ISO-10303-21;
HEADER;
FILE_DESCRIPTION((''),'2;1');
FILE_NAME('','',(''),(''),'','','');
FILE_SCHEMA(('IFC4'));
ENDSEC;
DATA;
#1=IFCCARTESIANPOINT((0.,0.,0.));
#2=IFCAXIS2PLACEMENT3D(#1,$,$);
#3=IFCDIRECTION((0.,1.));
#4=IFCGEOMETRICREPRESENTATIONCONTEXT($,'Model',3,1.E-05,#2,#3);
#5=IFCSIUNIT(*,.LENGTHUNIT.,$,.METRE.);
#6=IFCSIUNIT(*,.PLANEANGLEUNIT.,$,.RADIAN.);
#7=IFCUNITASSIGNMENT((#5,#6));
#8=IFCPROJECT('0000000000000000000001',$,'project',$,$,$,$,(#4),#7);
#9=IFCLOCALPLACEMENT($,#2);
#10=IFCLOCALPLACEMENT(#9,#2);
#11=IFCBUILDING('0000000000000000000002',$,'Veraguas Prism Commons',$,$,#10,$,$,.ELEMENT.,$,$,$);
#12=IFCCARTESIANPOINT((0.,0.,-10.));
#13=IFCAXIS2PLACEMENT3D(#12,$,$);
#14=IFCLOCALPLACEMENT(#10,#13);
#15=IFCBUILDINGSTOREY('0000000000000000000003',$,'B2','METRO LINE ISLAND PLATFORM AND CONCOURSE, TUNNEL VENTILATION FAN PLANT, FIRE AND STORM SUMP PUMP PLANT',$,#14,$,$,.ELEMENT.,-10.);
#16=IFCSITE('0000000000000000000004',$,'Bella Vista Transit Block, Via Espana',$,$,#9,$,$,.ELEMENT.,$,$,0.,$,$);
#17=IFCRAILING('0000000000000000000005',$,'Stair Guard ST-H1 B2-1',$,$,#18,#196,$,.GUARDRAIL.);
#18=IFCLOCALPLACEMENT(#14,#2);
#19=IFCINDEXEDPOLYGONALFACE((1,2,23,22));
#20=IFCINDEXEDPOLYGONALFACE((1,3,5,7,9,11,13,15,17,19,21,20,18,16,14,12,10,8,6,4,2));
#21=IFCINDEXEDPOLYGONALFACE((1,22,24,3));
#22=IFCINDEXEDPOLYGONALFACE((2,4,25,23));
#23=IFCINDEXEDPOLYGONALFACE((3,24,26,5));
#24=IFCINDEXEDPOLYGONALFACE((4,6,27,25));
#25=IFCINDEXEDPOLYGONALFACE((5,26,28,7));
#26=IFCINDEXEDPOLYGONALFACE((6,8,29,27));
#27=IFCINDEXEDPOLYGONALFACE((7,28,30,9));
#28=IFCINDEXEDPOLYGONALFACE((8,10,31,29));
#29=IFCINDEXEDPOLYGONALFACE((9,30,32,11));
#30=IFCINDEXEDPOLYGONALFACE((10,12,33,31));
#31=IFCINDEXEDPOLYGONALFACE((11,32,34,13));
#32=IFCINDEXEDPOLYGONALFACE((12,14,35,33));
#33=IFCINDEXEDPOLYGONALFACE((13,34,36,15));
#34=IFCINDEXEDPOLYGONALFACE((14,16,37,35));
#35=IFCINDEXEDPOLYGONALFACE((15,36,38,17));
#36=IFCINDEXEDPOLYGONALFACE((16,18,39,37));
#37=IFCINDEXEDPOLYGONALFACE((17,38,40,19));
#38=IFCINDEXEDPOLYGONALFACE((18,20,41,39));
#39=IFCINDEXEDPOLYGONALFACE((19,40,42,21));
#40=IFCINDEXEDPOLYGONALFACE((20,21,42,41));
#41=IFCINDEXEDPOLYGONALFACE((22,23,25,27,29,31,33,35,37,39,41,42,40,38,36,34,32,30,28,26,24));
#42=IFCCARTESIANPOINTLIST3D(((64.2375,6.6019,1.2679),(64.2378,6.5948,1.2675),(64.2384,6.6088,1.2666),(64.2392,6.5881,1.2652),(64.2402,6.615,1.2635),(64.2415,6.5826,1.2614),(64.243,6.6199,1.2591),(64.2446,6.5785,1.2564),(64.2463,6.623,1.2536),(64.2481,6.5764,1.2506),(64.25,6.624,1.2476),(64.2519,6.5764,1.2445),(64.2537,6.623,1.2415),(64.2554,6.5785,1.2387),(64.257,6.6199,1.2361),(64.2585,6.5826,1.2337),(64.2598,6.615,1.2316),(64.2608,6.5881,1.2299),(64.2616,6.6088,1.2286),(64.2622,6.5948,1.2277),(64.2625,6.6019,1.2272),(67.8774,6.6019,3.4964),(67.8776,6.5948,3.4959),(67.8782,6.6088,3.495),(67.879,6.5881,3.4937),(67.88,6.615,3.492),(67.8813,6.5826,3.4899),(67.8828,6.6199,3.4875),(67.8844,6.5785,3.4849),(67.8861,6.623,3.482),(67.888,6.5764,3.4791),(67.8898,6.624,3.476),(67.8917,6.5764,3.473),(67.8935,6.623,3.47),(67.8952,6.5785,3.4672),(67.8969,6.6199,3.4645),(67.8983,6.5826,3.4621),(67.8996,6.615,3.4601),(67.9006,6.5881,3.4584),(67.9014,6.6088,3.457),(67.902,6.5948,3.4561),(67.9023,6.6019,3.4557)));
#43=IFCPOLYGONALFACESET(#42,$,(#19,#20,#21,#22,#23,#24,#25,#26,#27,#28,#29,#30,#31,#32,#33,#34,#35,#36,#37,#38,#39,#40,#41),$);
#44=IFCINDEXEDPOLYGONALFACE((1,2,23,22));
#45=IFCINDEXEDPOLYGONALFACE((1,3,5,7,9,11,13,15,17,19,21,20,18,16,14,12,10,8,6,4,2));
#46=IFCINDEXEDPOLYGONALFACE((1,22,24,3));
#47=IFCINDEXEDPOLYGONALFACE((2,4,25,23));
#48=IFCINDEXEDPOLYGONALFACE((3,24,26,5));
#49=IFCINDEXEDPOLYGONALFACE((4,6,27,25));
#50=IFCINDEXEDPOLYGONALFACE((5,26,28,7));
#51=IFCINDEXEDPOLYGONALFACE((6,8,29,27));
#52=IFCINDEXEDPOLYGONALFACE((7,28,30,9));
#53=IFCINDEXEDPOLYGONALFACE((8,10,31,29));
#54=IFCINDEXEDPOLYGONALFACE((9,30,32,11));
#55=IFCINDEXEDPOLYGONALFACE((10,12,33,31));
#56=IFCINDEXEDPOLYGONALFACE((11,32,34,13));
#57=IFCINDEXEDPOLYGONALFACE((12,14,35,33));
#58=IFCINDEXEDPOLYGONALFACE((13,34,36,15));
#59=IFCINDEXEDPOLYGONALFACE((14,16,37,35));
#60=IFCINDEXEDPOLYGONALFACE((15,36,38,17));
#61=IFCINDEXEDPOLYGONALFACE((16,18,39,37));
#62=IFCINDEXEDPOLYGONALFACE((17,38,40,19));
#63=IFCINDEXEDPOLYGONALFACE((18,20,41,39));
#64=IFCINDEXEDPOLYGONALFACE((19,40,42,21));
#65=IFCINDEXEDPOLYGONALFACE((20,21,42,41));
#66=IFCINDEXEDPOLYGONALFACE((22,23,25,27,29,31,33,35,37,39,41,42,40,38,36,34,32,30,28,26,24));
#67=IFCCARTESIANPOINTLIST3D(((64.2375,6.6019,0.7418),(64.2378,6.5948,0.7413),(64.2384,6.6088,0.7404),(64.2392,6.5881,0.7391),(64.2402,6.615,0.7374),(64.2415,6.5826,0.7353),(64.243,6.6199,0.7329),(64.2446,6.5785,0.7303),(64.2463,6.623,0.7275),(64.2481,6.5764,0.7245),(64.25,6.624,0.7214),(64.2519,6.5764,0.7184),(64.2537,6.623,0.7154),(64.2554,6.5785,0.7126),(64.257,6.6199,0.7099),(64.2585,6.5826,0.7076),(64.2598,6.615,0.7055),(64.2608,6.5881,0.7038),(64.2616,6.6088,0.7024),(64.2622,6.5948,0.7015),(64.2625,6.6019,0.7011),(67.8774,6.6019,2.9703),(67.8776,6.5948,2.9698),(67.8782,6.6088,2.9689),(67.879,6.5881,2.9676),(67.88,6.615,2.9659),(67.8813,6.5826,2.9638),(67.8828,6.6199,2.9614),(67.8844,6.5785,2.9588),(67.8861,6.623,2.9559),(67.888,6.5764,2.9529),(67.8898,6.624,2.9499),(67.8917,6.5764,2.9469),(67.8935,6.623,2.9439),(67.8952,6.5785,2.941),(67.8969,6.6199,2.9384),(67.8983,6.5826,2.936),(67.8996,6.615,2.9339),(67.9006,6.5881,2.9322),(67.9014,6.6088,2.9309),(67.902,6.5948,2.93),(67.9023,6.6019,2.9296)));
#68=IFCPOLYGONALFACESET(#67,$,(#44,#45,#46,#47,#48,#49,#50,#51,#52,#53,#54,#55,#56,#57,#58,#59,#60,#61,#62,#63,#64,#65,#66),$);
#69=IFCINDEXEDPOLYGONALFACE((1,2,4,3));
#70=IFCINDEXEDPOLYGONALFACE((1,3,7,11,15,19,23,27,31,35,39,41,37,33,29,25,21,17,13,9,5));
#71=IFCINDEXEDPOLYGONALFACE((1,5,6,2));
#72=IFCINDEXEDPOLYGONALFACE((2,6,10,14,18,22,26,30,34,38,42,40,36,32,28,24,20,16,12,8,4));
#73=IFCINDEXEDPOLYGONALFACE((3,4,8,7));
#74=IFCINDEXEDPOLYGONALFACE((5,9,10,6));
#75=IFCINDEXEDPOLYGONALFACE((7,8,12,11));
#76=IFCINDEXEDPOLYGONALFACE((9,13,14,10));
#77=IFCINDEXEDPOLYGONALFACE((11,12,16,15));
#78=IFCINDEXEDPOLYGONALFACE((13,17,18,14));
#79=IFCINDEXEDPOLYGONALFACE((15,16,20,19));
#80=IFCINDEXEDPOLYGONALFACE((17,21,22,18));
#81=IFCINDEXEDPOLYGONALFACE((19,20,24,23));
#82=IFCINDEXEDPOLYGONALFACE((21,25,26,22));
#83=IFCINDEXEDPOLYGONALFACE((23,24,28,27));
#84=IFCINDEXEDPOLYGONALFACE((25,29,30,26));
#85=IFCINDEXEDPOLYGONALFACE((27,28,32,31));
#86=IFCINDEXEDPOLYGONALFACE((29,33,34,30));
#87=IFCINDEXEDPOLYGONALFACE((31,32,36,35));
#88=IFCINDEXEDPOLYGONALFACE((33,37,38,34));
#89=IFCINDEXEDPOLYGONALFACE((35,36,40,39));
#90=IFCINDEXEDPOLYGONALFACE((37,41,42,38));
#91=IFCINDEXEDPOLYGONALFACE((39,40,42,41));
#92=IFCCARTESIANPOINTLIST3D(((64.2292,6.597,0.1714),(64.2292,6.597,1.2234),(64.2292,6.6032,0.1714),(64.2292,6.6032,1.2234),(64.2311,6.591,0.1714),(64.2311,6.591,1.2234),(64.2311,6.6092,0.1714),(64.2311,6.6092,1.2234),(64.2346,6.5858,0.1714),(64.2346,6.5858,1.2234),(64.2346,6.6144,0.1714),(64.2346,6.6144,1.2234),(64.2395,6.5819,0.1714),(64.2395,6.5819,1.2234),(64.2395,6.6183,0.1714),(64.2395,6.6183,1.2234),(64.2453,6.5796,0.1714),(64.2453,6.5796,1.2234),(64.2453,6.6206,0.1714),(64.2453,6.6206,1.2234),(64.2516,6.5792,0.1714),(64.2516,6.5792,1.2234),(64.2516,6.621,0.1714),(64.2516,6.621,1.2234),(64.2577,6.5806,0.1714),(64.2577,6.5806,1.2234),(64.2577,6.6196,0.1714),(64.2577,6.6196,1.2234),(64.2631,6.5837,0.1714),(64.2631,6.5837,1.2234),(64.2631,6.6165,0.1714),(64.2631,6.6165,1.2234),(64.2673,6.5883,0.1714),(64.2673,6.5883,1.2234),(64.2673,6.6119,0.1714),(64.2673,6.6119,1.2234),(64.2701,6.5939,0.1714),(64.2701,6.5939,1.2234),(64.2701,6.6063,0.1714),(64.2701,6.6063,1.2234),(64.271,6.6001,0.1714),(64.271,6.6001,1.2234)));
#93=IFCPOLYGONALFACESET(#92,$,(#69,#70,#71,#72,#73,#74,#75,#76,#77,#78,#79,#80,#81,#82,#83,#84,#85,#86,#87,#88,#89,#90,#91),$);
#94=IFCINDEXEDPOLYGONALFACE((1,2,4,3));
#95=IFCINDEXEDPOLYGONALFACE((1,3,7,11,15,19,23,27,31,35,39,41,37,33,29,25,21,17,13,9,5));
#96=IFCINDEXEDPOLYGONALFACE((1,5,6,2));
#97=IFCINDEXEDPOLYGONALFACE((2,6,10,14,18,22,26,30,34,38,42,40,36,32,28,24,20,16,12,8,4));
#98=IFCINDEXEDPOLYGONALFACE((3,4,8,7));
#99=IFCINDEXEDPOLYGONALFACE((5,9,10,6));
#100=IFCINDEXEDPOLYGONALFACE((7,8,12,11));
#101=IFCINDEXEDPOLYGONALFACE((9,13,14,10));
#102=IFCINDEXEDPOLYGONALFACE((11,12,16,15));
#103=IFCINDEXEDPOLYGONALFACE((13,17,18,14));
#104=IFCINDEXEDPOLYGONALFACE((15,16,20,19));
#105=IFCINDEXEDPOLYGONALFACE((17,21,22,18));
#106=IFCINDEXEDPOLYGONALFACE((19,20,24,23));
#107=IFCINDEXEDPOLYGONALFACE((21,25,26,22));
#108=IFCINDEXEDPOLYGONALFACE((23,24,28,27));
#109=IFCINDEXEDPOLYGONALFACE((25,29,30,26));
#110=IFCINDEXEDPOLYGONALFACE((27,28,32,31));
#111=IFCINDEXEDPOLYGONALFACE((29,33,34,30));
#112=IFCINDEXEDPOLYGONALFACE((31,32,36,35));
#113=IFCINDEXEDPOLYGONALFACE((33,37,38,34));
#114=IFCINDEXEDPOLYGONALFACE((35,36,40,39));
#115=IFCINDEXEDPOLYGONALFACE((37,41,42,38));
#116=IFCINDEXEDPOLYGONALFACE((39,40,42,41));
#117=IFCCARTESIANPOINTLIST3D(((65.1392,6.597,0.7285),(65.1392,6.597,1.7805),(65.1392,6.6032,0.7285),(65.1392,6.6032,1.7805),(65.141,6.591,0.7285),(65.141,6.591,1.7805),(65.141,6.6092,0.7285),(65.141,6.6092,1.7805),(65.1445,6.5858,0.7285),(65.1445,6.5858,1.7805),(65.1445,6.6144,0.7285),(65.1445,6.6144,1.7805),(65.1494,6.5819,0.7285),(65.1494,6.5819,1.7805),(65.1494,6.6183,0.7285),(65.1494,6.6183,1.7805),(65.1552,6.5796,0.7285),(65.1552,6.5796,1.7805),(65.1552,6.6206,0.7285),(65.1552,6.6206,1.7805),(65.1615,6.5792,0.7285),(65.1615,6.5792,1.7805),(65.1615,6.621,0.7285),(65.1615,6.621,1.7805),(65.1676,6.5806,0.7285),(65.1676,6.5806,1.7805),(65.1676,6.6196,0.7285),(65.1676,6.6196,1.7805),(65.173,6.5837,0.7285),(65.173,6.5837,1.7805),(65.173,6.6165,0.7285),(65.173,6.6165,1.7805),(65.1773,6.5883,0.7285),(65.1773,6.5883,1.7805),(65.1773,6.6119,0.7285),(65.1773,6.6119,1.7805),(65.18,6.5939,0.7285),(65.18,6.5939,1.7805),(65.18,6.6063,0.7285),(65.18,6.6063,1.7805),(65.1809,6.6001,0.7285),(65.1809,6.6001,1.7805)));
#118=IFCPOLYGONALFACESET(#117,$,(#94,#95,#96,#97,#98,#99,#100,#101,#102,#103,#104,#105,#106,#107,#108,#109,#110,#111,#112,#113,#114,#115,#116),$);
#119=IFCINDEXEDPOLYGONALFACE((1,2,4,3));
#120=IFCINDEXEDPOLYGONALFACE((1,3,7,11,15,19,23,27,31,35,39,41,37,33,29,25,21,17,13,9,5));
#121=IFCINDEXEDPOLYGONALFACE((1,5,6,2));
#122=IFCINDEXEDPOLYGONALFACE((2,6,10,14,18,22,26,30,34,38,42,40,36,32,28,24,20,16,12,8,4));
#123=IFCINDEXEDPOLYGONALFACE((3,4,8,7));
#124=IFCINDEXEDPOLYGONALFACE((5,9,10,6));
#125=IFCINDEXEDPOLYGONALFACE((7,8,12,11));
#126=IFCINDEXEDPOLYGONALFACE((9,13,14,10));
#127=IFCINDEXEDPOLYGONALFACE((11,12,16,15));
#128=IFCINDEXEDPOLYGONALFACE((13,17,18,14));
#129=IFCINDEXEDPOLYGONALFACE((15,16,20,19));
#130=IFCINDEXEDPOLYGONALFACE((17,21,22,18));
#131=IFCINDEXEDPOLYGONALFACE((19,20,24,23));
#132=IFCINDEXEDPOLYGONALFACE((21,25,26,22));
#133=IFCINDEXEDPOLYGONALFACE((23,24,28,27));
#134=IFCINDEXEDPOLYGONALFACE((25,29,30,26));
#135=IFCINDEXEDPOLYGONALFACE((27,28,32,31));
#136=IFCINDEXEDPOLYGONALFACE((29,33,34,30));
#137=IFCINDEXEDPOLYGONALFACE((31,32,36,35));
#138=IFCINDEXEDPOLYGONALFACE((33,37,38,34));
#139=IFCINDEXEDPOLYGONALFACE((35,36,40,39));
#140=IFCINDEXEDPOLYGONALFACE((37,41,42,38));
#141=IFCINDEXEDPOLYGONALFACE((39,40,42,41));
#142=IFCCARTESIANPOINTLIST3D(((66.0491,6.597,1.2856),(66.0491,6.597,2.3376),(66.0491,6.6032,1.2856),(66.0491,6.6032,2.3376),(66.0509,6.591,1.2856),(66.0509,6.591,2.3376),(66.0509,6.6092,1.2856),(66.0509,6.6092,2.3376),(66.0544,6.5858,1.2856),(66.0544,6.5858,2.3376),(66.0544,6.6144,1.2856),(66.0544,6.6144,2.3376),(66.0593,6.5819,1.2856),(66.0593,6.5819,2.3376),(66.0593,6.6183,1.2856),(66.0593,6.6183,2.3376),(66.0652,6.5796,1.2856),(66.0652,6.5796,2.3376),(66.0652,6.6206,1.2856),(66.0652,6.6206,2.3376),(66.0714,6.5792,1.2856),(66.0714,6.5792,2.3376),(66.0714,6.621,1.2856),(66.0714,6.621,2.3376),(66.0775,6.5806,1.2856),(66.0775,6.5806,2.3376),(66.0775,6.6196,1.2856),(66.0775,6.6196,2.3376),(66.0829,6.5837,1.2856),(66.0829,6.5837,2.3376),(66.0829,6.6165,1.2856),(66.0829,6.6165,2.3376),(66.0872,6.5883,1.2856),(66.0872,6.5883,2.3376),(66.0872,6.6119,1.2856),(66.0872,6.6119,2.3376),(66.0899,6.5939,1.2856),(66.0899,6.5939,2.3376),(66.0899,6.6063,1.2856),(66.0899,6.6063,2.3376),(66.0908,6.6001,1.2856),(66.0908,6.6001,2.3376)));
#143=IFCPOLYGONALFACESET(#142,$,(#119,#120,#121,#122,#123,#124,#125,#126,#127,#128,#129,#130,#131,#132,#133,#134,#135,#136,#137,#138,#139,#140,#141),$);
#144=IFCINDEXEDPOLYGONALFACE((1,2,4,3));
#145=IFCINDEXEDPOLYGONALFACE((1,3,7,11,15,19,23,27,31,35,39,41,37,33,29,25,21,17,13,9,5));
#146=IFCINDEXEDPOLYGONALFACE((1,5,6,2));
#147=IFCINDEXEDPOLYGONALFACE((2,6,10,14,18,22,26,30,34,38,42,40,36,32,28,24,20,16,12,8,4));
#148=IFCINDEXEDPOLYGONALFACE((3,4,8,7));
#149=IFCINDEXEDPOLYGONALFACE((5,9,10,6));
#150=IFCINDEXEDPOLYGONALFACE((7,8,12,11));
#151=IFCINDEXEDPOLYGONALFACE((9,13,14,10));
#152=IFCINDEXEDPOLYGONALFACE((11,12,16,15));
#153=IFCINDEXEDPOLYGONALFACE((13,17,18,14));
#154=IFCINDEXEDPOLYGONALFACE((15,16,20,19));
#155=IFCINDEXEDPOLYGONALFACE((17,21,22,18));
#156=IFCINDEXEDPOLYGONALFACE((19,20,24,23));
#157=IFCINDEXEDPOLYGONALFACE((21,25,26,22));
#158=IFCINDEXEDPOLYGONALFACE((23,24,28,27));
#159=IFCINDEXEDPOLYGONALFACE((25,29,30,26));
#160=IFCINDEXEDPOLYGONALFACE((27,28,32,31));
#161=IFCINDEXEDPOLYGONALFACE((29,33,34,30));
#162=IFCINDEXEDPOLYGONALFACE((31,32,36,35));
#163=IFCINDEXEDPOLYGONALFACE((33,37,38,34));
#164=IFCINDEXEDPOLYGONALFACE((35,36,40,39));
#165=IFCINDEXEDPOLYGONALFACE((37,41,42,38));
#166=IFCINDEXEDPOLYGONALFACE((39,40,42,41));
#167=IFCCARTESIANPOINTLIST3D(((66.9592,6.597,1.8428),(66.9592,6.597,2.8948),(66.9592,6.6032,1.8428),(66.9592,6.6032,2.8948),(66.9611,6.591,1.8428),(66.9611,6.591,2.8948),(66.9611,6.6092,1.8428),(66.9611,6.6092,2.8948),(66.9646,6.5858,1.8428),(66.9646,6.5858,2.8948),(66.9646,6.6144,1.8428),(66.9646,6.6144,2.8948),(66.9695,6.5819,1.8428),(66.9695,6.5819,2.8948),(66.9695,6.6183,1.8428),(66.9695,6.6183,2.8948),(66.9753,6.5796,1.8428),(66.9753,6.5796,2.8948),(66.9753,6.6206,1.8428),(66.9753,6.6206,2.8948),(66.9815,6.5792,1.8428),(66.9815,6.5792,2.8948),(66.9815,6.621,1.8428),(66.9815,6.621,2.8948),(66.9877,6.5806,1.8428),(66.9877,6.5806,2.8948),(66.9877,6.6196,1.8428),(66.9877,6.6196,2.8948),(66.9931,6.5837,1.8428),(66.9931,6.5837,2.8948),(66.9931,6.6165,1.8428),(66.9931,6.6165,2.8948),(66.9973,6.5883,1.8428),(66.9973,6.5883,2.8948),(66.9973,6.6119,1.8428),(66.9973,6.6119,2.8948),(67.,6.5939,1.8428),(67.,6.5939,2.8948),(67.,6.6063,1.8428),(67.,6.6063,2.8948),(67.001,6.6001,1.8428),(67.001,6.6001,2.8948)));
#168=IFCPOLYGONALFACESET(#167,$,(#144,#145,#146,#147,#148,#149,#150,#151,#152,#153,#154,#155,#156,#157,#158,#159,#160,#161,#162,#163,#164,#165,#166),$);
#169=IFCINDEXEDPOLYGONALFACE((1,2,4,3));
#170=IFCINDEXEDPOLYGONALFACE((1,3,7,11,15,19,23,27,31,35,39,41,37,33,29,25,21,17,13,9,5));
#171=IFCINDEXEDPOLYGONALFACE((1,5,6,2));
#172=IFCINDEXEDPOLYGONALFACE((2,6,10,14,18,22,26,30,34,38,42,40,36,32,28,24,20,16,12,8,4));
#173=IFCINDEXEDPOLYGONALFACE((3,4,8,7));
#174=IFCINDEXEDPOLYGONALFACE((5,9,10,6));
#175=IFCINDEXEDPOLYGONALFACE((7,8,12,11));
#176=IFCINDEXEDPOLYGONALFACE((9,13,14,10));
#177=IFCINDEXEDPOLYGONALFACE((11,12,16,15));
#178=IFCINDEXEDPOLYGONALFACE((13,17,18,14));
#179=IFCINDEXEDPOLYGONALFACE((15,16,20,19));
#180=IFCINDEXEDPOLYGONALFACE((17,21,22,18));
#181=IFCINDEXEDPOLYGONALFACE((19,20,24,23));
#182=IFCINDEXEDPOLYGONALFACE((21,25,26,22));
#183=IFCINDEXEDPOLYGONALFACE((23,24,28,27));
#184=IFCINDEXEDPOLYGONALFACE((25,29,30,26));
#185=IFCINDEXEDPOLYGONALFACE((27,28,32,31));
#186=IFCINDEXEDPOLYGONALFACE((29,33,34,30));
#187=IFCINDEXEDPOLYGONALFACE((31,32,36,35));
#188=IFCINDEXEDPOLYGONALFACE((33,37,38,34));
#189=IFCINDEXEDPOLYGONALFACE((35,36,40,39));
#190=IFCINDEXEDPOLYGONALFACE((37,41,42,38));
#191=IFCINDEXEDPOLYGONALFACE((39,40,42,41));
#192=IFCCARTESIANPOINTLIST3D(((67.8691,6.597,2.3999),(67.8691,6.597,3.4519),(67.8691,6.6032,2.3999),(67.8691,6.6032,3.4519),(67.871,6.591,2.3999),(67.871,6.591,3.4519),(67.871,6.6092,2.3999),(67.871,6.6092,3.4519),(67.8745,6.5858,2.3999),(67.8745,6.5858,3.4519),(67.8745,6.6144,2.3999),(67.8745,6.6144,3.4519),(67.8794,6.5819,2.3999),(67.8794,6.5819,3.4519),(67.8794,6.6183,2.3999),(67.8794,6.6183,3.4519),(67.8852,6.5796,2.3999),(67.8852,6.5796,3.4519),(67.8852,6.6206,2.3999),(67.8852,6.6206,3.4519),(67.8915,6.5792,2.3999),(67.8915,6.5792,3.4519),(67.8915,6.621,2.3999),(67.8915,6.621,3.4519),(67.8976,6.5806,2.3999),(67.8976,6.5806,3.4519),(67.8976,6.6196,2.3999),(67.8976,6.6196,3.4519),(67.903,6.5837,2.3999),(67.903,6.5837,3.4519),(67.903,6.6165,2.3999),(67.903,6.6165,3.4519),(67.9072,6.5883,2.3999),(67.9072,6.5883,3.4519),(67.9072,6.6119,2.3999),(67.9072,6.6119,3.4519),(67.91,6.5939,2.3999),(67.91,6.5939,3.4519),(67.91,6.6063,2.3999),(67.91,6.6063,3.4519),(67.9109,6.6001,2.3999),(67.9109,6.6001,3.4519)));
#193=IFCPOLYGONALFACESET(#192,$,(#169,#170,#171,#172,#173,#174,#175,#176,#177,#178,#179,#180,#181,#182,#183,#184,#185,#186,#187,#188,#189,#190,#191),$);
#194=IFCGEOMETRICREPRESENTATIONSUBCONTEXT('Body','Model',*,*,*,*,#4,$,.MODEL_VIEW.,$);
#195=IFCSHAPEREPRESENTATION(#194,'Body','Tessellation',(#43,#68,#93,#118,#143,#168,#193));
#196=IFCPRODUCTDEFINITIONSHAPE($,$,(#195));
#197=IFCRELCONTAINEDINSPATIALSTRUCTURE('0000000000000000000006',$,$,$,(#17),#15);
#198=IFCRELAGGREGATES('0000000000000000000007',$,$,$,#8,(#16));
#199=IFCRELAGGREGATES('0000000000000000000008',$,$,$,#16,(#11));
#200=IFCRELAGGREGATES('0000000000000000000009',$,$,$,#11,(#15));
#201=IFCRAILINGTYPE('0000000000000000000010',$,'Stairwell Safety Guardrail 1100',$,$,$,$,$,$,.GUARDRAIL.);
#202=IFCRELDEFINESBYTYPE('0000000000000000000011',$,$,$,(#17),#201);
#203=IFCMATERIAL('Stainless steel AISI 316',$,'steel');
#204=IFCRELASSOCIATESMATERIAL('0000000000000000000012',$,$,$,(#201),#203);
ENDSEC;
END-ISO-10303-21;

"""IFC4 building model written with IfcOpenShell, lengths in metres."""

from ifc_helpers import new_model, si_unit, direction, frame, origin, origin_2d, place, context, subcontext, project, spatial, circle, extrude, material, type_object, element, save


model = new_model("IFC4")

# Units and contexts
model_context = context("Model", 3, precision=1e-05, world=origin(), true_north=direction((0.0, 1.0)))
body_context = subcontext(model_context, "Body", "Model", "MODEL_VIEW")
ifc_project = project(units=[si_unit("LENGTHUNIT", "METRE"), si_unit("PLANEANGLEUNIT", "RADIAN")], contexts=[model_context])

# Site, building, storey
site_placement = place(None, origin())
site = spatial("IfcSite", under=ifc_project, at=site_placement, Name="Bella Vista Transit Block, Via Espana", CompositionType="ELEMENT", RefElevation=0.0)
building_placement = place(site_placement, origin())
building = spatial("IfcBuilding", under=site, at=building_placement, Name="Veraguas Prism Commons", CompositionType="ELEMENT")
storey_placement = place(building_placement, frame((0.0, 0.0, -10.0)))
storey = spatial("IfcBuildingStorey", under=building, at=storey_placement, Name="B2", Description="METRO LINE ISLAND PLATFORM AND CONCOURSE, TUNNEL VENTILATION FAN PLANT, FIRE AND STORM SUMP PUMP PLANT", CompositionType="ELEMENT", Elevation=-10.0)

# Railing
ifc_material_1 = material(Name="Stainless steel AISI 316", Category="steel")
railing_type_1 = type_object("IfcRailingType", Name="Stairwell Safety Guardrail 1100", PredefinedType="GUARDRAIL", material=ifc_material_1)
railing_1_placement = place(storey_placement, frame((64.25, 6.6001, 0.1714)))
element("IfcRailing", 1, at=railing_1_placement, inside=storey, type_object=railing_type_1, Name="Stair Guard ST-H1 B2-1", PredefinedType="GUARDRAIL", context=body_context, shape_type="SweptSolid", body=[
    extrude(circle(Radius=0.0239, at=origin_2d()), frame((0.0, 0.0, 1.0762), z_axis=(0.85285, 0.0, 0.522156), x_axis=(0.0, 1.0, 0.0)), (0.0, 0.0, 1.0), 4.2678),
    extrude(circle(Radius=0.0239, at=origin_2d()), frame((0.0, 0.0, 0.55), z_axis=(0.85285, 0.0, 0.522156), x_axis=(0.0, 1.0, 0.0)), (0.0, 0.0, 1.0), 4.2678),
    extrude(circle(Radius=0.021, at=origin_2d()), origin(), (0.0, 0.0, 1.0), 1.052),
    extrude(circle(Radius=0.021, at=origin_2d()), frame((0.9099, 0.0, 0.5571)), (0.0, 0.0, 1.0), 1.052),
    extrude(circle(Radius=0.021, at=origin_2d()), frame((1.8198, 0.0, 1.1143)), (0.0, 0.0, 1.0), 1.052),
    extrude(circle(Radius=0.021, at=origin_2d()), frame((2.73, 0.0, 1.6714)), (0.0, 0.0, 1.0), 1.052),
    extrude(circle(Radius=0.021, at=origin_2d()), frame((3.6399, 0.0, 2.2285)), (0.0, 0.0, 1.0), 1.052),
])

save(model, "model.ifc")
